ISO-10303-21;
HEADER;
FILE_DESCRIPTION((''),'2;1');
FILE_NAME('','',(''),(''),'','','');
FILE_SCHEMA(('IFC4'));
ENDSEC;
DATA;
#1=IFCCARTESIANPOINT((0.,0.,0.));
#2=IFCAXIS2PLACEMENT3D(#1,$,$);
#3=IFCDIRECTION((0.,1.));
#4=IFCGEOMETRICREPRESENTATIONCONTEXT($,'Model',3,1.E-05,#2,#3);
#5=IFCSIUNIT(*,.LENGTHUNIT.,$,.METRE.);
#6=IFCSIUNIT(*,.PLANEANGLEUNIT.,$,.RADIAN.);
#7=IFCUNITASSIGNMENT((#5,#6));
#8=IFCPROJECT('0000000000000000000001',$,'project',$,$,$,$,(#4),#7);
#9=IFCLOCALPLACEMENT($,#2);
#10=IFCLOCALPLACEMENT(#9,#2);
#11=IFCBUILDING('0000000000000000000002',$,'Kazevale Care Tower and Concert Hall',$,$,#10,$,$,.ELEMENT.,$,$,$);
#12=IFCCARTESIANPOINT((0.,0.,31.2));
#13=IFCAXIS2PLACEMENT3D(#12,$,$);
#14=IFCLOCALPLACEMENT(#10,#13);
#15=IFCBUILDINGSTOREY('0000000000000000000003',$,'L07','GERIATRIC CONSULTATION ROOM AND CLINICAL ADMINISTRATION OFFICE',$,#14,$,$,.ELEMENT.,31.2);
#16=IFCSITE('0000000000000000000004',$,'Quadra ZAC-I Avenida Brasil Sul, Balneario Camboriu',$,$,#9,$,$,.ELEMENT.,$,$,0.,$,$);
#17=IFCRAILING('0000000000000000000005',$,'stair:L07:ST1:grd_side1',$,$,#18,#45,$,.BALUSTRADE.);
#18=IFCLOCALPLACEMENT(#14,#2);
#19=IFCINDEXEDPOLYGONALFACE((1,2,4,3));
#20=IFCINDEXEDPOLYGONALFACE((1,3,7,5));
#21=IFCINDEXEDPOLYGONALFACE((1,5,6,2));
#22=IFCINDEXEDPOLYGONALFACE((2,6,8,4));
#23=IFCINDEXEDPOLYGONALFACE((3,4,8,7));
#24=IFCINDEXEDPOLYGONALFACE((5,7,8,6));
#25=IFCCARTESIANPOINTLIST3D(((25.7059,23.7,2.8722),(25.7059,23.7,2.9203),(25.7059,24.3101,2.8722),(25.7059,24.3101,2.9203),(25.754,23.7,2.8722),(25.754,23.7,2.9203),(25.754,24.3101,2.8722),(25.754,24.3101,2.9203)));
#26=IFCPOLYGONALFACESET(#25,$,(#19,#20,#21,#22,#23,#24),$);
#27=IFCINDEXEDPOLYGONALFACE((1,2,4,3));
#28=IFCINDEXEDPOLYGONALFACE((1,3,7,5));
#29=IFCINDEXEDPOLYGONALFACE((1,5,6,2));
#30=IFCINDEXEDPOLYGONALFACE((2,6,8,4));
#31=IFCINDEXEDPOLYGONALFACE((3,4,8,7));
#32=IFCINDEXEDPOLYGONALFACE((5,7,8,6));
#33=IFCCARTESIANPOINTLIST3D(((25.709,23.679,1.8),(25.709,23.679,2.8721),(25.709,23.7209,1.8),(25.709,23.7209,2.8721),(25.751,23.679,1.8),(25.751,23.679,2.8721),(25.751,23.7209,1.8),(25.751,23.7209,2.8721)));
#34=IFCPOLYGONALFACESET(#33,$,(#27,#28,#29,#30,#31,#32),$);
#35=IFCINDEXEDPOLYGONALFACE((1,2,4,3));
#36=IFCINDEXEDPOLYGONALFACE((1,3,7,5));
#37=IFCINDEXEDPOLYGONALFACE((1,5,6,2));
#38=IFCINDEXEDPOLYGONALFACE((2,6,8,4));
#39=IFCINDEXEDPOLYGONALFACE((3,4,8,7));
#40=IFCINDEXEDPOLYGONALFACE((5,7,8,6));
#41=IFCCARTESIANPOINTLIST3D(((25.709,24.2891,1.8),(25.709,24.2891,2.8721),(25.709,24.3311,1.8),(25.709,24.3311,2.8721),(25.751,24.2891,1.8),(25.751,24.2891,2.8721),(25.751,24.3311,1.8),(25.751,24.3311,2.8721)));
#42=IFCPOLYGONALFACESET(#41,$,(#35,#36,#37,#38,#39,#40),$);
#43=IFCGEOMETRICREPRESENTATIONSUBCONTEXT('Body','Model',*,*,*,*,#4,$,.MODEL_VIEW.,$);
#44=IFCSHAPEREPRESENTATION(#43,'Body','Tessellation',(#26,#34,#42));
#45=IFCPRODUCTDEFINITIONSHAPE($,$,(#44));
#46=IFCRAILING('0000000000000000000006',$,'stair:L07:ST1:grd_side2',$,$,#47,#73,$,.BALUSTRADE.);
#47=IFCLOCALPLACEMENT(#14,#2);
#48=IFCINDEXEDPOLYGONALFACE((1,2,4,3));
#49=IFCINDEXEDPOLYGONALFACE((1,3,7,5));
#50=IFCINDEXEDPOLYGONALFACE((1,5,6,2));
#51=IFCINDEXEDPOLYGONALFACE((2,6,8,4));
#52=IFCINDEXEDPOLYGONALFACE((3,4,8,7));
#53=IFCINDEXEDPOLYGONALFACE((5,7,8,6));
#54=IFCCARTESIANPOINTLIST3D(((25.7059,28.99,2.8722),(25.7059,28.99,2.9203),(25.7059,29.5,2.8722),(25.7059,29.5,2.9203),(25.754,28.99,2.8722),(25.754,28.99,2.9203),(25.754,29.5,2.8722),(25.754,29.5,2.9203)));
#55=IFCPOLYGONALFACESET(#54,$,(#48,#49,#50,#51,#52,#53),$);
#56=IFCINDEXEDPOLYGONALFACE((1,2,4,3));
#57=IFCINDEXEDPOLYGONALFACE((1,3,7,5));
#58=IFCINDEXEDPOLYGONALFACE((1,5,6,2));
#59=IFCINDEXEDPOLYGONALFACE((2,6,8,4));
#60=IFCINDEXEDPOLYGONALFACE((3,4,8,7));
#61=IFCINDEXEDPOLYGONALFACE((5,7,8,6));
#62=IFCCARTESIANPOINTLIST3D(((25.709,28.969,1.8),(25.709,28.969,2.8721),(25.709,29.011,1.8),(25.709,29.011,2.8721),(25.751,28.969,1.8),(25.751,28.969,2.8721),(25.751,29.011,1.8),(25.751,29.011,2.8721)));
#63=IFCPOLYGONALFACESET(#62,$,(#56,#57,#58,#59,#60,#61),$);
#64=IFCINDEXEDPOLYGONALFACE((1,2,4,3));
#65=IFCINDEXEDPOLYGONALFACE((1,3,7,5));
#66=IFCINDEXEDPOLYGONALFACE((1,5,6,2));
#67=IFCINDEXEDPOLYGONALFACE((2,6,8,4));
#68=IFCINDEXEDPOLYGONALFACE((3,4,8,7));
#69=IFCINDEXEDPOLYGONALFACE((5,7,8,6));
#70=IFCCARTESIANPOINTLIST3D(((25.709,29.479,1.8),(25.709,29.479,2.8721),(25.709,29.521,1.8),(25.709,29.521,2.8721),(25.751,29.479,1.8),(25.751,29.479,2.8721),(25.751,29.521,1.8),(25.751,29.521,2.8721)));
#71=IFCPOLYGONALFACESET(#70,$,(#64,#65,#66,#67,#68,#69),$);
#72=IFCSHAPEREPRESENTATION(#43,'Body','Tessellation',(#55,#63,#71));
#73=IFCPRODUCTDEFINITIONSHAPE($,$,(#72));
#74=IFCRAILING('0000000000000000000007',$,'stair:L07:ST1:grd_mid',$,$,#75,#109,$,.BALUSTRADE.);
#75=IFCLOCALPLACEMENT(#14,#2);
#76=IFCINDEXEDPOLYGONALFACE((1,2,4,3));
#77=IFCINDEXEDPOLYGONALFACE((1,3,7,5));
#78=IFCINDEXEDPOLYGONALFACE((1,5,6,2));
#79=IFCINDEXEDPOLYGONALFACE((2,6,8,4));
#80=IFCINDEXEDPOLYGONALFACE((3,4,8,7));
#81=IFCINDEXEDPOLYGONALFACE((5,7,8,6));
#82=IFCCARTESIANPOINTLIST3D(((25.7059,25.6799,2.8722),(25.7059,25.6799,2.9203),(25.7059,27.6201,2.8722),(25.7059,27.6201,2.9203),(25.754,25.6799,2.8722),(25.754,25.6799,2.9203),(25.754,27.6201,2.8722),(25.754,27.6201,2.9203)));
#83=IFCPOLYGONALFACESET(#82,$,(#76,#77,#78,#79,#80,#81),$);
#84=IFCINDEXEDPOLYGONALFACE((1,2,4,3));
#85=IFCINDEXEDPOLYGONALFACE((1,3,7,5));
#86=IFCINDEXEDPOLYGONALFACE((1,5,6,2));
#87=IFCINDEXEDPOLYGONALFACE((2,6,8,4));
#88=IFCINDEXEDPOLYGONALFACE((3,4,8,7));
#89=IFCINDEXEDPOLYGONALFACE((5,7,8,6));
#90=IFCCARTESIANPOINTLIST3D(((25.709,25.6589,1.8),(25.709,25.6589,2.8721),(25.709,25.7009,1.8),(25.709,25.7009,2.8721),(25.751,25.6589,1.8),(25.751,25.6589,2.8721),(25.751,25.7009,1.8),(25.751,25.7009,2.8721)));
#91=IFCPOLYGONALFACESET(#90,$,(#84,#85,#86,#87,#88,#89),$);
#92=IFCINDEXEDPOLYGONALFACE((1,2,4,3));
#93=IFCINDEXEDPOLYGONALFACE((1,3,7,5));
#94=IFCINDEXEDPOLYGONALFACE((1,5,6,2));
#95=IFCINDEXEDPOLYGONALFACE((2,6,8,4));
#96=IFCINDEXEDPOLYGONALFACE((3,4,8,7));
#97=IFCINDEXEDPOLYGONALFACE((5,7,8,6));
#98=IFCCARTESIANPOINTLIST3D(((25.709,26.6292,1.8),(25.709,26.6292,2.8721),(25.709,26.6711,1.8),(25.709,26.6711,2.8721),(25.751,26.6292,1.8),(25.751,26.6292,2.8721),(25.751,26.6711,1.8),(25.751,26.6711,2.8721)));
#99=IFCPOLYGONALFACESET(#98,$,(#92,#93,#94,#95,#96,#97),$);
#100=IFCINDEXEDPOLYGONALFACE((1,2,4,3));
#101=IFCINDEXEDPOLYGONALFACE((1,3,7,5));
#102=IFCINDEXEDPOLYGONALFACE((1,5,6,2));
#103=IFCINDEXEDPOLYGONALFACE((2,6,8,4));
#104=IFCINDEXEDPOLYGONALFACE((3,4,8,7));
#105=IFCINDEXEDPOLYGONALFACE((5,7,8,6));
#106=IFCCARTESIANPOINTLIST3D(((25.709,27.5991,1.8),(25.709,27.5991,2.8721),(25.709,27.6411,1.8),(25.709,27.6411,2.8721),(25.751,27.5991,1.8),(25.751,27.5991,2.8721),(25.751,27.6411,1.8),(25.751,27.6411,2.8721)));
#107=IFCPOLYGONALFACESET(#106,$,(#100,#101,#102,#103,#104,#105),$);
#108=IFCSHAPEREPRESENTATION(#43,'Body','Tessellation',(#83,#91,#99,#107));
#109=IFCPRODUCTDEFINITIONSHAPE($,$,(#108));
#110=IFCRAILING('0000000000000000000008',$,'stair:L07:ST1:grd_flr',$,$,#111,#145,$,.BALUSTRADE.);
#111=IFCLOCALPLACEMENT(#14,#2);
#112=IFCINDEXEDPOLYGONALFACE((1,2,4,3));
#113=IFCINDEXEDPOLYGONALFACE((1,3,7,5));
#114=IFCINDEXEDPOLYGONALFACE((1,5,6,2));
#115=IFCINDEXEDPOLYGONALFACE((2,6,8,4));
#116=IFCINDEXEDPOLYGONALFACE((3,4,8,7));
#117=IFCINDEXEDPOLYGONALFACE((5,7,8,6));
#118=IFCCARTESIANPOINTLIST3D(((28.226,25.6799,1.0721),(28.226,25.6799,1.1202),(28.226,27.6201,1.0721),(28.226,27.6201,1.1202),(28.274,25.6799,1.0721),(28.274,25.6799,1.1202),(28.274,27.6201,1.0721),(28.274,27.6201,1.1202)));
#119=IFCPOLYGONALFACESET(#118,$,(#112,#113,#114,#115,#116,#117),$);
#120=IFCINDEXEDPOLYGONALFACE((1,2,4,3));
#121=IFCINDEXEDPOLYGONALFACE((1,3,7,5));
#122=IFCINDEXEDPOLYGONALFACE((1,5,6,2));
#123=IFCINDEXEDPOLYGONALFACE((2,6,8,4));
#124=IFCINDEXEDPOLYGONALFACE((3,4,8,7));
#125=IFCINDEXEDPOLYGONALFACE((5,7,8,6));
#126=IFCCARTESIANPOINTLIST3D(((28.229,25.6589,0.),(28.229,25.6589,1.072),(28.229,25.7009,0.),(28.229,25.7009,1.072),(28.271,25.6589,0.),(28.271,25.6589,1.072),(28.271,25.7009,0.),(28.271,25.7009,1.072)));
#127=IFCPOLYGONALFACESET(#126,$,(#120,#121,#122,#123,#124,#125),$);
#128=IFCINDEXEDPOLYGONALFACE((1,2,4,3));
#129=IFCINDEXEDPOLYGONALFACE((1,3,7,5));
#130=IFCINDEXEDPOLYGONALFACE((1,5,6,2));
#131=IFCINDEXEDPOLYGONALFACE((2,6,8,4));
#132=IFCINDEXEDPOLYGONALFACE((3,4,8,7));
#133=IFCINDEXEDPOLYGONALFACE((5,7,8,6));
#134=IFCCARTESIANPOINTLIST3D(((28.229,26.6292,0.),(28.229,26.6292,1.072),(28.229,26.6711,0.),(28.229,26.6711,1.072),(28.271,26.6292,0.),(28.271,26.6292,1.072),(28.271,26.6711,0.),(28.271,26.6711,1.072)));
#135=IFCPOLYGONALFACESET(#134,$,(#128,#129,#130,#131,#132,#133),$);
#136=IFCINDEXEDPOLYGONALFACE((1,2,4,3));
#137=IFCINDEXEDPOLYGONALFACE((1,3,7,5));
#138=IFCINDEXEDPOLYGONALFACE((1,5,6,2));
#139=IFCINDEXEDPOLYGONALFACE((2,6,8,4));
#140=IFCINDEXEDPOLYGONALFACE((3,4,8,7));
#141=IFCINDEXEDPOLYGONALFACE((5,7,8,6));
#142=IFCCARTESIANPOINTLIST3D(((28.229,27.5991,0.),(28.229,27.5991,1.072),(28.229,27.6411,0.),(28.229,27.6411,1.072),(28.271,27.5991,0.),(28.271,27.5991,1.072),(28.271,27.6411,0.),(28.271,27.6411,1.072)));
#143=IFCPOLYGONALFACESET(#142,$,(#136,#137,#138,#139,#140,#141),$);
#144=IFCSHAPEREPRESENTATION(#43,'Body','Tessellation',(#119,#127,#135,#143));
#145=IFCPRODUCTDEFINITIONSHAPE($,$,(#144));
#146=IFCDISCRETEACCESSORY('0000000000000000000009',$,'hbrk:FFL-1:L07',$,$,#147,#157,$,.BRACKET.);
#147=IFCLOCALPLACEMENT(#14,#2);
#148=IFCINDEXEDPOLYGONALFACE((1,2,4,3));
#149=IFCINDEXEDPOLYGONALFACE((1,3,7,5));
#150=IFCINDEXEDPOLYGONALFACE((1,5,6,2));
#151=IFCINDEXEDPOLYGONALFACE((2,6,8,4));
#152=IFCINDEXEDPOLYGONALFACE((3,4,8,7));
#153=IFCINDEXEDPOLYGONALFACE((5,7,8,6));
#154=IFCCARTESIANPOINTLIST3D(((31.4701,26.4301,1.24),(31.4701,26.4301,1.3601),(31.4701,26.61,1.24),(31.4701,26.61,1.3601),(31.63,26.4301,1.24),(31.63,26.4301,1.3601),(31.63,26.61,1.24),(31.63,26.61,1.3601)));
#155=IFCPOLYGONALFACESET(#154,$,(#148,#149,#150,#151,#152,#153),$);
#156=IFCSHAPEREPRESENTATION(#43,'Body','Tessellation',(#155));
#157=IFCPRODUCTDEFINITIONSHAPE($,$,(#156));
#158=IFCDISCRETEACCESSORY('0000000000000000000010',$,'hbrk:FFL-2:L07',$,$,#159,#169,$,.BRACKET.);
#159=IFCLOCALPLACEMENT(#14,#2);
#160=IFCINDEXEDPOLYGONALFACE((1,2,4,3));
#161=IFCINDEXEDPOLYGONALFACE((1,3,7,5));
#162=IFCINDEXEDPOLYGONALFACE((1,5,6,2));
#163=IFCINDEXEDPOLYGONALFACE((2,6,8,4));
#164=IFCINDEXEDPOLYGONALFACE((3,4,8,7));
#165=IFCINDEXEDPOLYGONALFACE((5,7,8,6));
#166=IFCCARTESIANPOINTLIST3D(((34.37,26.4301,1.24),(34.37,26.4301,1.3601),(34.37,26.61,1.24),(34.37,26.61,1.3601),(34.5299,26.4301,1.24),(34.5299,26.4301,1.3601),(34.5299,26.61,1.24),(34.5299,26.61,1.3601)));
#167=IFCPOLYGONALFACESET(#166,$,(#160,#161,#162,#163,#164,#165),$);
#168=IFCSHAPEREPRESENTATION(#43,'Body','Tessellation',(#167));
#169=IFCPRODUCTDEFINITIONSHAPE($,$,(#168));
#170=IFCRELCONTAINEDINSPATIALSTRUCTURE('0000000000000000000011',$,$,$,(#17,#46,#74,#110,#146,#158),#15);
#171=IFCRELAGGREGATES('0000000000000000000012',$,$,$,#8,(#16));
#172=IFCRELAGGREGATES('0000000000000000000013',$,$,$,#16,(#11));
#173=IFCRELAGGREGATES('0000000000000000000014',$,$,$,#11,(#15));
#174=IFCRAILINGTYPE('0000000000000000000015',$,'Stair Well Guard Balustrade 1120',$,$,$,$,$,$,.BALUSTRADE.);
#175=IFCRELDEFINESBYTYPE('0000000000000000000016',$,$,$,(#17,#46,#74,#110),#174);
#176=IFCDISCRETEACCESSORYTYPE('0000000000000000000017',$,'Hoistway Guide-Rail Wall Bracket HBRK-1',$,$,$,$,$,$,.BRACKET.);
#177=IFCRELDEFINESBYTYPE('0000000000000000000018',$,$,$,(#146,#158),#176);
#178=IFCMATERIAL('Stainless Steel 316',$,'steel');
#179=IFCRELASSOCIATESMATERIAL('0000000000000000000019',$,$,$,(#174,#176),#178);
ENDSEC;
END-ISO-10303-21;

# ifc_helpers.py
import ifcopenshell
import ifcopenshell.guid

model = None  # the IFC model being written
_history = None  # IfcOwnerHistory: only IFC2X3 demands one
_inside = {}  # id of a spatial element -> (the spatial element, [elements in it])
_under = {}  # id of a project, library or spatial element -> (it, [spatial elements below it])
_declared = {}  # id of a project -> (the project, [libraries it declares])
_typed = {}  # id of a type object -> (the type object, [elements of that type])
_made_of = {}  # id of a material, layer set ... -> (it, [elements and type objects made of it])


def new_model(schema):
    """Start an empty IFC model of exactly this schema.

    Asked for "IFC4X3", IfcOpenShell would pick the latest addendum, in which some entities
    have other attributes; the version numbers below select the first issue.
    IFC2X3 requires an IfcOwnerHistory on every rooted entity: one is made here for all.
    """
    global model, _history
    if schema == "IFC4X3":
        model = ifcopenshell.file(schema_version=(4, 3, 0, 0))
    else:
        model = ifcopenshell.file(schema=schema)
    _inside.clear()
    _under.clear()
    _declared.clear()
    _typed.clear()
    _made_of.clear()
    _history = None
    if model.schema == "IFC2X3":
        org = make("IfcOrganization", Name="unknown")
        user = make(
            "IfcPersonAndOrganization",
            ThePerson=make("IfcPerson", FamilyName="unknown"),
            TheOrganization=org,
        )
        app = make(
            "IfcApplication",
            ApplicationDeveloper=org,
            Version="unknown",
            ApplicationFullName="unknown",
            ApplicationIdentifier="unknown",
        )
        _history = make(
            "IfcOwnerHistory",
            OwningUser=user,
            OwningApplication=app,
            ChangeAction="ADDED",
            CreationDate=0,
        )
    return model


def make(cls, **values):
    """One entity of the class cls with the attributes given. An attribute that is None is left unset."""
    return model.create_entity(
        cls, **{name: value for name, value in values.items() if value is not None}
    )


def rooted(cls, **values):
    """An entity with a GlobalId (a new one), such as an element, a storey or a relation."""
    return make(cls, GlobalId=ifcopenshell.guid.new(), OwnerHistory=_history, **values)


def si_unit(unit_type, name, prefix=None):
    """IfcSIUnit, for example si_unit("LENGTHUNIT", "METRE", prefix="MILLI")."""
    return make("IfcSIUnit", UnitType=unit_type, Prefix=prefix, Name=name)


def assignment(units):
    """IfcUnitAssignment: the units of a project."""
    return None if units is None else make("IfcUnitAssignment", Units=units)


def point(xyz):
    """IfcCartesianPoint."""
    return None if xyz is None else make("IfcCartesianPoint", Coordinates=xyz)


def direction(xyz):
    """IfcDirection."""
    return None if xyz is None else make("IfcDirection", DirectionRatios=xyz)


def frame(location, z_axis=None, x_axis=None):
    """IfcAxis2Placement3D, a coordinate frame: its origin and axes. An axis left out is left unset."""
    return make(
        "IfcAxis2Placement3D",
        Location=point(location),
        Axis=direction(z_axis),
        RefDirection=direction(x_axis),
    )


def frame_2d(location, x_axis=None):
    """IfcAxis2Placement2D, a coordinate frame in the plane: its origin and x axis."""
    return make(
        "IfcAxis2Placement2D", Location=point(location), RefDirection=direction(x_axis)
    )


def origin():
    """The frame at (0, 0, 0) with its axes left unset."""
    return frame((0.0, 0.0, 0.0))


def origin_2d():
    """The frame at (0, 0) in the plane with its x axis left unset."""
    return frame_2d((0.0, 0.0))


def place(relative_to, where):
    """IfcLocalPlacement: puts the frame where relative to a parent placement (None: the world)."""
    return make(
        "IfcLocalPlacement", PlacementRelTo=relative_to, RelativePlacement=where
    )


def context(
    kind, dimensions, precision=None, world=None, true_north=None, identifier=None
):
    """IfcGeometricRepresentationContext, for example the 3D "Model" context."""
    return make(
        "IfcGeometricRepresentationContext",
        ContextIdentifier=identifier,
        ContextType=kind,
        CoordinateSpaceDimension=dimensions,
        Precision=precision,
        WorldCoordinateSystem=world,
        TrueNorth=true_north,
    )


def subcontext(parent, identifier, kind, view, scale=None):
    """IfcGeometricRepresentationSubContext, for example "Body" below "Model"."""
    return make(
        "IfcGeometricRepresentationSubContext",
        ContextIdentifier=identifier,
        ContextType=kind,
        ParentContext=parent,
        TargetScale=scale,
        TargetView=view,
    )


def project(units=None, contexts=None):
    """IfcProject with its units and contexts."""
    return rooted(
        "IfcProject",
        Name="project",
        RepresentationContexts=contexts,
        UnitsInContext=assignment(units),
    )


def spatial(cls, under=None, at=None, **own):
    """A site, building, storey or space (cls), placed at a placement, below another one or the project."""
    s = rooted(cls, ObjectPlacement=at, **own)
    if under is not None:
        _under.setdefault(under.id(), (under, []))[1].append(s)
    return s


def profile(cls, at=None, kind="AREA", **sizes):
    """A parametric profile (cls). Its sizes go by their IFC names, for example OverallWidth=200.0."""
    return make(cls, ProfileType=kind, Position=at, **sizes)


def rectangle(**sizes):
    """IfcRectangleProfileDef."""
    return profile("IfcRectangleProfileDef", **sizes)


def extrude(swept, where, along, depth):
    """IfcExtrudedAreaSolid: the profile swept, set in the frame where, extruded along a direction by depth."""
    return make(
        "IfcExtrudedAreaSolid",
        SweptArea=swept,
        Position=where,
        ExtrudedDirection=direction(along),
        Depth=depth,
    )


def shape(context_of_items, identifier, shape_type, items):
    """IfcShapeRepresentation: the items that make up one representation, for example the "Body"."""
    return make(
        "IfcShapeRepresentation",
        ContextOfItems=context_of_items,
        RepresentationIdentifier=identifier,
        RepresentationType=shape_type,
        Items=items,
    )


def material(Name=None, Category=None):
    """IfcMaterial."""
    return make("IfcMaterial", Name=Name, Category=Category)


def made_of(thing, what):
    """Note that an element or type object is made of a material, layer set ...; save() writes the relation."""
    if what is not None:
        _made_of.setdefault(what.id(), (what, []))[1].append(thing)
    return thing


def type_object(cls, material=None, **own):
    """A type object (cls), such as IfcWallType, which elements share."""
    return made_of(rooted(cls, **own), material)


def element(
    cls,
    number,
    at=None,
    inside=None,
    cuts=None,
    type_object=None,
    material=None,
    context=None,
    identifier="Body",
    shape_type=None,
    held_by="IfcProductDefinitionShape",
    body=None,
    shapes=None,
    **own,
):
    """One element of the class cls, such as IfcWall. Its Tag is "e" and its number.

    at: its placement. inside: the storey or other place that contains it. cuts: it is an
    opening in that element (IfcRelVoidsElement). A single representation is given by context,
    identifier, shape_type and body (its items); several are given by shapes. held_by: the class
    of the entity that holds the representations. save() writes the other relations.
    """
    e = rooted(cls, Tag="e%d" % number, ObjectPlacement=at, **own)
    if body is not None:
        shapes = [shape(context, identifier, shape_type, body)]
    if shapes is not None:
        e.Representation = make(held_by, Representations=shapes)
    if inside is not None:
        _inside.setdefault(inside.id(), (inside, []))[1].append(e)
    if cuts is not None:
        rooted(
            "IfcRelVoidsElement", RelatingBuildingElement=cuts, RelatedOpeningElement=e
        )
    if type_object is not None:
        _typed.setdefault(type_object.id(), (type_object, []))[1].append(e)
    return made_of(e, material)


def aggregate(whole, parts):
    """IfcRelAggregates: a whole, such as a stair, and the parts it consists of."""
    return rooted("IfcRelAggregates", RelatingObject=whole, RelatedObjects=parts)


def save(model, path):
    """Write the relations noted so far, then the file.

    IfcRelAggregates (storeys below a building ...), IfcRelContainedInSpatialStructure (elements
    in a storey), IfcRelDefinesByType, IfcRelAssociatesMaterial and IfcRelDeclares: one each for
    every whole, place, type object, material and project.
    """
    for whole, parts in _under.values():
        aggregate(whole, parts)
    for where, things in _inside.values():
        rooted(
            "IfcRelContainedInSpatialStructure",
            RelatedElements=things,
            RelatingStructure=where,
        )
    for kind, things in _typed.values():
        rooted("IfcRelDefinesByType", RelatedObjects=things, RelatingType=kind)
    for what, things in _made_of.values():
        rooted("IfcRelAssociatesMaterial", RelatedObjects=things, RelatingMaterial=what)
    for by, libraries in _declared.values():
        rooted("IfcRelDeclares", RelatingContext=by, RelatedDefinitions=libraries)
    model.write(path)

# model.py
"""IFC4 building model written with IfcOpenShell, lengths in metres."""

from ifc_helpers import new_model, si_unit, direction, frame, origin, origin_2d, place, context, subcontext, project, spatial, rectangle, extrude, material, type_object, element, save


model = new_model("IFC4")

# Units and contexts
model_context = context("Model", 3, precision=1e-05, world=origin(), true_north=direction((0.0, 1.0)))
body_context = subcontext(model_context, "Body", "Model", "MODEL_VIEW")
ifc_project = project(units=[si_unit("LENGTHUNIT", "METRE"), si_unit("PLANEANGLEUNIT", "RADIAN")], contexts=[model_context])

# Site, building, storey
site_placement = place(None, origin())
site = spatial("IfcSite", under=ifc_project, at=site_placement, Name="Quadra ZAC-I Avenida Brasil Sul, Balneario Camboriu", CompositionType="ELEMENT", RefElevation=0.0)
building_placement = place(site_placement, origin())
building = spatial("IfcBuilding", under=site, at=building_placement, Name="Kazevale Care Tower and Concert Hall", CompositionType="ELEMENT")
storey_placement = place(building_placement, frame((0.0, 0.0, 31.2)))
storey = spatial("IfcBuildingStorey", under=building, at=storey_placement, Name="L07", Description="GERIATRIC CONSULTATION ROOM AND CLINICAL ADMINISTRATION OFFICE", CompositionType="ELEMENT", Elevation=31.2)

# Shared definitions
ifc_material_1 = material(Name="Stainless Steel 316", Category="steel")

# Railings
railing_type_1 = type_object("IfcRailingType", Name="Stair Well Guard Balustrade 1120", PredefinedType="BALUSTRADE", material=ifc_material_1)
railing_1_placement = place(storey_placement, frame((25.73, 23.7, 1.8)))
element("IfcRailing", 1, at=railing_1_placement, inside=storey, type_object=railing_type_1, Name="stair:L07:ST1:grd_side1", PredefinedType="BALUSTRADE", context=body_context, shape_type="SweptSolid", body=[
    extrude(rectangle(XDim=0.0481, YDim=0.0481, at=origin_2d()), frame((0.0, 0.0, 1.0962), z_axis=(0.0, 1.0, 0.0), x_axis=(-1.0, 0.0, 0.0)), (0.0, 0.0, 1.0), 0.6101),
    extrude(rectangle(XDim=0.042, YDim=0.042, at=origin_2d()), origin(), (0.0, 0.0, 1.0), 1.072),
    extrude(rectangle(XDim=0.042, YDim=0.042, at=origin_2d()), frame((0.0, 0.6101, 0.0)), (0.0, 0.0, 1.0), 1.072),
])
railing_2_placement = place(storey_placement, frame((25.73, 28.99, 1.8)))
element("IfcRailing", 2, at=railing_2_placement, inside=storey, type_object=railing_type_1, Name="stair:L07:ST1:grd_side2", PredefinedType="BALUSTRADE", context=body_context, shape_type="SweptSolid", body=[
    extrude(rectangle(XDim=0.0481, YDim=0.0481, at=origin_2d()), frame((0.0, 0.0, 1.0962), z_axis=(0.0, 1.0, 0.0), x_axis=(-1.0, 0.0, 0.0)), (0.0, 0.0, 1.0), 0.51),
    extrude(rectangle(XDim=0.042, YDim=0.042, at=origin_2d()), origin(), (0.0, 0.0, 1.0), 1.072),
    extrude(rectangle(XDim=0.042, YDim=0.042, at=origin_2d()), frame((0.0, 0.51, 0.0)), (0.0, 0.0, 1.0), 1.072),
])
for number, where, name in (
    (3, (25.73, 25.6799, 1.8), "stair:L07:ST1:grd_mid"),
    (4, (28.25, 25.6799, 0.0), "stair:L07:ST1:grd_flr"),
):
    element("IfcRailing", number, at=place(storey_placement, frame(where)), inside=storey, type_object=railing_type_1, Name=name, PredefinedType="BALUSTRADE", context=body_context, shape_type="SweptSolid", body=[
        extrude(rectangle(XDim=0.0481, YDim=0.0481, at=origin_2d()), frame((0.0, 0.0, 1.0962), z_axis=(0.0, 1.0, 0.0), x_axis=(-1.0, 0.0, 0.0)), (0.0, 0.0, 1.0), 1.9402),
        extrude(rectangle(XDim=0.042, YDim=0.042, at=origin_2d()), origin(), (0.0, 0.0, 1.0), 1.072),
        extrude(rectangle(XDim=0.042, YDim=0.042, at=origin_2d()), frame((0.0, 0.9702, 0.0)), (0.0, 0.0, 1.0), 1.072),
        extrude(rectangle(XDim=0.042, YDim=0.042, at=origin_2d()), frame((0.0, 1.9402, 0.0)), (0.0, 0.0, 1.0), 1.072),
    ])

# Discrete accessories
discrete_accessory_type = type_object("IfcDiscreteAccessoryType", Name="Hoistway Guide-Rail Wall Bracket HBRK-1", PredefinedType="BRACKET", material=ifc_material_1)
for number, where, z_axis, x_axis, name in (
    (5, (31.55, 26.52, 1.24), (0.0, 0.0, 1.0), (1.0, 0.0, 0.0), "hbrk:FFL-1:L07"),
    (6, (34.45, 26.52, 1.24), (0.0, 0.0, 1.0), (1.0, 0.0, 0.0), "hbrk:FFL-2:L07"),
):
    element("IfcDiscreteAccessory", number, at=place(storey_placement, frame(where, z_axis=z_axis, x_axis=x_axis)), inside=storey, type_object=discrete_accessory_type, Name=name, PredefinedType="BRACKET", context=body_context, shape_type="SweptSolid", body=[
        extrude(rectangle(XDim=0.1599, YDim=0.1799, at=origin_2d()), origin(), (0.0, 0.0, 1.0), 0.1201),
    ])

save(model, "model.ifc")
